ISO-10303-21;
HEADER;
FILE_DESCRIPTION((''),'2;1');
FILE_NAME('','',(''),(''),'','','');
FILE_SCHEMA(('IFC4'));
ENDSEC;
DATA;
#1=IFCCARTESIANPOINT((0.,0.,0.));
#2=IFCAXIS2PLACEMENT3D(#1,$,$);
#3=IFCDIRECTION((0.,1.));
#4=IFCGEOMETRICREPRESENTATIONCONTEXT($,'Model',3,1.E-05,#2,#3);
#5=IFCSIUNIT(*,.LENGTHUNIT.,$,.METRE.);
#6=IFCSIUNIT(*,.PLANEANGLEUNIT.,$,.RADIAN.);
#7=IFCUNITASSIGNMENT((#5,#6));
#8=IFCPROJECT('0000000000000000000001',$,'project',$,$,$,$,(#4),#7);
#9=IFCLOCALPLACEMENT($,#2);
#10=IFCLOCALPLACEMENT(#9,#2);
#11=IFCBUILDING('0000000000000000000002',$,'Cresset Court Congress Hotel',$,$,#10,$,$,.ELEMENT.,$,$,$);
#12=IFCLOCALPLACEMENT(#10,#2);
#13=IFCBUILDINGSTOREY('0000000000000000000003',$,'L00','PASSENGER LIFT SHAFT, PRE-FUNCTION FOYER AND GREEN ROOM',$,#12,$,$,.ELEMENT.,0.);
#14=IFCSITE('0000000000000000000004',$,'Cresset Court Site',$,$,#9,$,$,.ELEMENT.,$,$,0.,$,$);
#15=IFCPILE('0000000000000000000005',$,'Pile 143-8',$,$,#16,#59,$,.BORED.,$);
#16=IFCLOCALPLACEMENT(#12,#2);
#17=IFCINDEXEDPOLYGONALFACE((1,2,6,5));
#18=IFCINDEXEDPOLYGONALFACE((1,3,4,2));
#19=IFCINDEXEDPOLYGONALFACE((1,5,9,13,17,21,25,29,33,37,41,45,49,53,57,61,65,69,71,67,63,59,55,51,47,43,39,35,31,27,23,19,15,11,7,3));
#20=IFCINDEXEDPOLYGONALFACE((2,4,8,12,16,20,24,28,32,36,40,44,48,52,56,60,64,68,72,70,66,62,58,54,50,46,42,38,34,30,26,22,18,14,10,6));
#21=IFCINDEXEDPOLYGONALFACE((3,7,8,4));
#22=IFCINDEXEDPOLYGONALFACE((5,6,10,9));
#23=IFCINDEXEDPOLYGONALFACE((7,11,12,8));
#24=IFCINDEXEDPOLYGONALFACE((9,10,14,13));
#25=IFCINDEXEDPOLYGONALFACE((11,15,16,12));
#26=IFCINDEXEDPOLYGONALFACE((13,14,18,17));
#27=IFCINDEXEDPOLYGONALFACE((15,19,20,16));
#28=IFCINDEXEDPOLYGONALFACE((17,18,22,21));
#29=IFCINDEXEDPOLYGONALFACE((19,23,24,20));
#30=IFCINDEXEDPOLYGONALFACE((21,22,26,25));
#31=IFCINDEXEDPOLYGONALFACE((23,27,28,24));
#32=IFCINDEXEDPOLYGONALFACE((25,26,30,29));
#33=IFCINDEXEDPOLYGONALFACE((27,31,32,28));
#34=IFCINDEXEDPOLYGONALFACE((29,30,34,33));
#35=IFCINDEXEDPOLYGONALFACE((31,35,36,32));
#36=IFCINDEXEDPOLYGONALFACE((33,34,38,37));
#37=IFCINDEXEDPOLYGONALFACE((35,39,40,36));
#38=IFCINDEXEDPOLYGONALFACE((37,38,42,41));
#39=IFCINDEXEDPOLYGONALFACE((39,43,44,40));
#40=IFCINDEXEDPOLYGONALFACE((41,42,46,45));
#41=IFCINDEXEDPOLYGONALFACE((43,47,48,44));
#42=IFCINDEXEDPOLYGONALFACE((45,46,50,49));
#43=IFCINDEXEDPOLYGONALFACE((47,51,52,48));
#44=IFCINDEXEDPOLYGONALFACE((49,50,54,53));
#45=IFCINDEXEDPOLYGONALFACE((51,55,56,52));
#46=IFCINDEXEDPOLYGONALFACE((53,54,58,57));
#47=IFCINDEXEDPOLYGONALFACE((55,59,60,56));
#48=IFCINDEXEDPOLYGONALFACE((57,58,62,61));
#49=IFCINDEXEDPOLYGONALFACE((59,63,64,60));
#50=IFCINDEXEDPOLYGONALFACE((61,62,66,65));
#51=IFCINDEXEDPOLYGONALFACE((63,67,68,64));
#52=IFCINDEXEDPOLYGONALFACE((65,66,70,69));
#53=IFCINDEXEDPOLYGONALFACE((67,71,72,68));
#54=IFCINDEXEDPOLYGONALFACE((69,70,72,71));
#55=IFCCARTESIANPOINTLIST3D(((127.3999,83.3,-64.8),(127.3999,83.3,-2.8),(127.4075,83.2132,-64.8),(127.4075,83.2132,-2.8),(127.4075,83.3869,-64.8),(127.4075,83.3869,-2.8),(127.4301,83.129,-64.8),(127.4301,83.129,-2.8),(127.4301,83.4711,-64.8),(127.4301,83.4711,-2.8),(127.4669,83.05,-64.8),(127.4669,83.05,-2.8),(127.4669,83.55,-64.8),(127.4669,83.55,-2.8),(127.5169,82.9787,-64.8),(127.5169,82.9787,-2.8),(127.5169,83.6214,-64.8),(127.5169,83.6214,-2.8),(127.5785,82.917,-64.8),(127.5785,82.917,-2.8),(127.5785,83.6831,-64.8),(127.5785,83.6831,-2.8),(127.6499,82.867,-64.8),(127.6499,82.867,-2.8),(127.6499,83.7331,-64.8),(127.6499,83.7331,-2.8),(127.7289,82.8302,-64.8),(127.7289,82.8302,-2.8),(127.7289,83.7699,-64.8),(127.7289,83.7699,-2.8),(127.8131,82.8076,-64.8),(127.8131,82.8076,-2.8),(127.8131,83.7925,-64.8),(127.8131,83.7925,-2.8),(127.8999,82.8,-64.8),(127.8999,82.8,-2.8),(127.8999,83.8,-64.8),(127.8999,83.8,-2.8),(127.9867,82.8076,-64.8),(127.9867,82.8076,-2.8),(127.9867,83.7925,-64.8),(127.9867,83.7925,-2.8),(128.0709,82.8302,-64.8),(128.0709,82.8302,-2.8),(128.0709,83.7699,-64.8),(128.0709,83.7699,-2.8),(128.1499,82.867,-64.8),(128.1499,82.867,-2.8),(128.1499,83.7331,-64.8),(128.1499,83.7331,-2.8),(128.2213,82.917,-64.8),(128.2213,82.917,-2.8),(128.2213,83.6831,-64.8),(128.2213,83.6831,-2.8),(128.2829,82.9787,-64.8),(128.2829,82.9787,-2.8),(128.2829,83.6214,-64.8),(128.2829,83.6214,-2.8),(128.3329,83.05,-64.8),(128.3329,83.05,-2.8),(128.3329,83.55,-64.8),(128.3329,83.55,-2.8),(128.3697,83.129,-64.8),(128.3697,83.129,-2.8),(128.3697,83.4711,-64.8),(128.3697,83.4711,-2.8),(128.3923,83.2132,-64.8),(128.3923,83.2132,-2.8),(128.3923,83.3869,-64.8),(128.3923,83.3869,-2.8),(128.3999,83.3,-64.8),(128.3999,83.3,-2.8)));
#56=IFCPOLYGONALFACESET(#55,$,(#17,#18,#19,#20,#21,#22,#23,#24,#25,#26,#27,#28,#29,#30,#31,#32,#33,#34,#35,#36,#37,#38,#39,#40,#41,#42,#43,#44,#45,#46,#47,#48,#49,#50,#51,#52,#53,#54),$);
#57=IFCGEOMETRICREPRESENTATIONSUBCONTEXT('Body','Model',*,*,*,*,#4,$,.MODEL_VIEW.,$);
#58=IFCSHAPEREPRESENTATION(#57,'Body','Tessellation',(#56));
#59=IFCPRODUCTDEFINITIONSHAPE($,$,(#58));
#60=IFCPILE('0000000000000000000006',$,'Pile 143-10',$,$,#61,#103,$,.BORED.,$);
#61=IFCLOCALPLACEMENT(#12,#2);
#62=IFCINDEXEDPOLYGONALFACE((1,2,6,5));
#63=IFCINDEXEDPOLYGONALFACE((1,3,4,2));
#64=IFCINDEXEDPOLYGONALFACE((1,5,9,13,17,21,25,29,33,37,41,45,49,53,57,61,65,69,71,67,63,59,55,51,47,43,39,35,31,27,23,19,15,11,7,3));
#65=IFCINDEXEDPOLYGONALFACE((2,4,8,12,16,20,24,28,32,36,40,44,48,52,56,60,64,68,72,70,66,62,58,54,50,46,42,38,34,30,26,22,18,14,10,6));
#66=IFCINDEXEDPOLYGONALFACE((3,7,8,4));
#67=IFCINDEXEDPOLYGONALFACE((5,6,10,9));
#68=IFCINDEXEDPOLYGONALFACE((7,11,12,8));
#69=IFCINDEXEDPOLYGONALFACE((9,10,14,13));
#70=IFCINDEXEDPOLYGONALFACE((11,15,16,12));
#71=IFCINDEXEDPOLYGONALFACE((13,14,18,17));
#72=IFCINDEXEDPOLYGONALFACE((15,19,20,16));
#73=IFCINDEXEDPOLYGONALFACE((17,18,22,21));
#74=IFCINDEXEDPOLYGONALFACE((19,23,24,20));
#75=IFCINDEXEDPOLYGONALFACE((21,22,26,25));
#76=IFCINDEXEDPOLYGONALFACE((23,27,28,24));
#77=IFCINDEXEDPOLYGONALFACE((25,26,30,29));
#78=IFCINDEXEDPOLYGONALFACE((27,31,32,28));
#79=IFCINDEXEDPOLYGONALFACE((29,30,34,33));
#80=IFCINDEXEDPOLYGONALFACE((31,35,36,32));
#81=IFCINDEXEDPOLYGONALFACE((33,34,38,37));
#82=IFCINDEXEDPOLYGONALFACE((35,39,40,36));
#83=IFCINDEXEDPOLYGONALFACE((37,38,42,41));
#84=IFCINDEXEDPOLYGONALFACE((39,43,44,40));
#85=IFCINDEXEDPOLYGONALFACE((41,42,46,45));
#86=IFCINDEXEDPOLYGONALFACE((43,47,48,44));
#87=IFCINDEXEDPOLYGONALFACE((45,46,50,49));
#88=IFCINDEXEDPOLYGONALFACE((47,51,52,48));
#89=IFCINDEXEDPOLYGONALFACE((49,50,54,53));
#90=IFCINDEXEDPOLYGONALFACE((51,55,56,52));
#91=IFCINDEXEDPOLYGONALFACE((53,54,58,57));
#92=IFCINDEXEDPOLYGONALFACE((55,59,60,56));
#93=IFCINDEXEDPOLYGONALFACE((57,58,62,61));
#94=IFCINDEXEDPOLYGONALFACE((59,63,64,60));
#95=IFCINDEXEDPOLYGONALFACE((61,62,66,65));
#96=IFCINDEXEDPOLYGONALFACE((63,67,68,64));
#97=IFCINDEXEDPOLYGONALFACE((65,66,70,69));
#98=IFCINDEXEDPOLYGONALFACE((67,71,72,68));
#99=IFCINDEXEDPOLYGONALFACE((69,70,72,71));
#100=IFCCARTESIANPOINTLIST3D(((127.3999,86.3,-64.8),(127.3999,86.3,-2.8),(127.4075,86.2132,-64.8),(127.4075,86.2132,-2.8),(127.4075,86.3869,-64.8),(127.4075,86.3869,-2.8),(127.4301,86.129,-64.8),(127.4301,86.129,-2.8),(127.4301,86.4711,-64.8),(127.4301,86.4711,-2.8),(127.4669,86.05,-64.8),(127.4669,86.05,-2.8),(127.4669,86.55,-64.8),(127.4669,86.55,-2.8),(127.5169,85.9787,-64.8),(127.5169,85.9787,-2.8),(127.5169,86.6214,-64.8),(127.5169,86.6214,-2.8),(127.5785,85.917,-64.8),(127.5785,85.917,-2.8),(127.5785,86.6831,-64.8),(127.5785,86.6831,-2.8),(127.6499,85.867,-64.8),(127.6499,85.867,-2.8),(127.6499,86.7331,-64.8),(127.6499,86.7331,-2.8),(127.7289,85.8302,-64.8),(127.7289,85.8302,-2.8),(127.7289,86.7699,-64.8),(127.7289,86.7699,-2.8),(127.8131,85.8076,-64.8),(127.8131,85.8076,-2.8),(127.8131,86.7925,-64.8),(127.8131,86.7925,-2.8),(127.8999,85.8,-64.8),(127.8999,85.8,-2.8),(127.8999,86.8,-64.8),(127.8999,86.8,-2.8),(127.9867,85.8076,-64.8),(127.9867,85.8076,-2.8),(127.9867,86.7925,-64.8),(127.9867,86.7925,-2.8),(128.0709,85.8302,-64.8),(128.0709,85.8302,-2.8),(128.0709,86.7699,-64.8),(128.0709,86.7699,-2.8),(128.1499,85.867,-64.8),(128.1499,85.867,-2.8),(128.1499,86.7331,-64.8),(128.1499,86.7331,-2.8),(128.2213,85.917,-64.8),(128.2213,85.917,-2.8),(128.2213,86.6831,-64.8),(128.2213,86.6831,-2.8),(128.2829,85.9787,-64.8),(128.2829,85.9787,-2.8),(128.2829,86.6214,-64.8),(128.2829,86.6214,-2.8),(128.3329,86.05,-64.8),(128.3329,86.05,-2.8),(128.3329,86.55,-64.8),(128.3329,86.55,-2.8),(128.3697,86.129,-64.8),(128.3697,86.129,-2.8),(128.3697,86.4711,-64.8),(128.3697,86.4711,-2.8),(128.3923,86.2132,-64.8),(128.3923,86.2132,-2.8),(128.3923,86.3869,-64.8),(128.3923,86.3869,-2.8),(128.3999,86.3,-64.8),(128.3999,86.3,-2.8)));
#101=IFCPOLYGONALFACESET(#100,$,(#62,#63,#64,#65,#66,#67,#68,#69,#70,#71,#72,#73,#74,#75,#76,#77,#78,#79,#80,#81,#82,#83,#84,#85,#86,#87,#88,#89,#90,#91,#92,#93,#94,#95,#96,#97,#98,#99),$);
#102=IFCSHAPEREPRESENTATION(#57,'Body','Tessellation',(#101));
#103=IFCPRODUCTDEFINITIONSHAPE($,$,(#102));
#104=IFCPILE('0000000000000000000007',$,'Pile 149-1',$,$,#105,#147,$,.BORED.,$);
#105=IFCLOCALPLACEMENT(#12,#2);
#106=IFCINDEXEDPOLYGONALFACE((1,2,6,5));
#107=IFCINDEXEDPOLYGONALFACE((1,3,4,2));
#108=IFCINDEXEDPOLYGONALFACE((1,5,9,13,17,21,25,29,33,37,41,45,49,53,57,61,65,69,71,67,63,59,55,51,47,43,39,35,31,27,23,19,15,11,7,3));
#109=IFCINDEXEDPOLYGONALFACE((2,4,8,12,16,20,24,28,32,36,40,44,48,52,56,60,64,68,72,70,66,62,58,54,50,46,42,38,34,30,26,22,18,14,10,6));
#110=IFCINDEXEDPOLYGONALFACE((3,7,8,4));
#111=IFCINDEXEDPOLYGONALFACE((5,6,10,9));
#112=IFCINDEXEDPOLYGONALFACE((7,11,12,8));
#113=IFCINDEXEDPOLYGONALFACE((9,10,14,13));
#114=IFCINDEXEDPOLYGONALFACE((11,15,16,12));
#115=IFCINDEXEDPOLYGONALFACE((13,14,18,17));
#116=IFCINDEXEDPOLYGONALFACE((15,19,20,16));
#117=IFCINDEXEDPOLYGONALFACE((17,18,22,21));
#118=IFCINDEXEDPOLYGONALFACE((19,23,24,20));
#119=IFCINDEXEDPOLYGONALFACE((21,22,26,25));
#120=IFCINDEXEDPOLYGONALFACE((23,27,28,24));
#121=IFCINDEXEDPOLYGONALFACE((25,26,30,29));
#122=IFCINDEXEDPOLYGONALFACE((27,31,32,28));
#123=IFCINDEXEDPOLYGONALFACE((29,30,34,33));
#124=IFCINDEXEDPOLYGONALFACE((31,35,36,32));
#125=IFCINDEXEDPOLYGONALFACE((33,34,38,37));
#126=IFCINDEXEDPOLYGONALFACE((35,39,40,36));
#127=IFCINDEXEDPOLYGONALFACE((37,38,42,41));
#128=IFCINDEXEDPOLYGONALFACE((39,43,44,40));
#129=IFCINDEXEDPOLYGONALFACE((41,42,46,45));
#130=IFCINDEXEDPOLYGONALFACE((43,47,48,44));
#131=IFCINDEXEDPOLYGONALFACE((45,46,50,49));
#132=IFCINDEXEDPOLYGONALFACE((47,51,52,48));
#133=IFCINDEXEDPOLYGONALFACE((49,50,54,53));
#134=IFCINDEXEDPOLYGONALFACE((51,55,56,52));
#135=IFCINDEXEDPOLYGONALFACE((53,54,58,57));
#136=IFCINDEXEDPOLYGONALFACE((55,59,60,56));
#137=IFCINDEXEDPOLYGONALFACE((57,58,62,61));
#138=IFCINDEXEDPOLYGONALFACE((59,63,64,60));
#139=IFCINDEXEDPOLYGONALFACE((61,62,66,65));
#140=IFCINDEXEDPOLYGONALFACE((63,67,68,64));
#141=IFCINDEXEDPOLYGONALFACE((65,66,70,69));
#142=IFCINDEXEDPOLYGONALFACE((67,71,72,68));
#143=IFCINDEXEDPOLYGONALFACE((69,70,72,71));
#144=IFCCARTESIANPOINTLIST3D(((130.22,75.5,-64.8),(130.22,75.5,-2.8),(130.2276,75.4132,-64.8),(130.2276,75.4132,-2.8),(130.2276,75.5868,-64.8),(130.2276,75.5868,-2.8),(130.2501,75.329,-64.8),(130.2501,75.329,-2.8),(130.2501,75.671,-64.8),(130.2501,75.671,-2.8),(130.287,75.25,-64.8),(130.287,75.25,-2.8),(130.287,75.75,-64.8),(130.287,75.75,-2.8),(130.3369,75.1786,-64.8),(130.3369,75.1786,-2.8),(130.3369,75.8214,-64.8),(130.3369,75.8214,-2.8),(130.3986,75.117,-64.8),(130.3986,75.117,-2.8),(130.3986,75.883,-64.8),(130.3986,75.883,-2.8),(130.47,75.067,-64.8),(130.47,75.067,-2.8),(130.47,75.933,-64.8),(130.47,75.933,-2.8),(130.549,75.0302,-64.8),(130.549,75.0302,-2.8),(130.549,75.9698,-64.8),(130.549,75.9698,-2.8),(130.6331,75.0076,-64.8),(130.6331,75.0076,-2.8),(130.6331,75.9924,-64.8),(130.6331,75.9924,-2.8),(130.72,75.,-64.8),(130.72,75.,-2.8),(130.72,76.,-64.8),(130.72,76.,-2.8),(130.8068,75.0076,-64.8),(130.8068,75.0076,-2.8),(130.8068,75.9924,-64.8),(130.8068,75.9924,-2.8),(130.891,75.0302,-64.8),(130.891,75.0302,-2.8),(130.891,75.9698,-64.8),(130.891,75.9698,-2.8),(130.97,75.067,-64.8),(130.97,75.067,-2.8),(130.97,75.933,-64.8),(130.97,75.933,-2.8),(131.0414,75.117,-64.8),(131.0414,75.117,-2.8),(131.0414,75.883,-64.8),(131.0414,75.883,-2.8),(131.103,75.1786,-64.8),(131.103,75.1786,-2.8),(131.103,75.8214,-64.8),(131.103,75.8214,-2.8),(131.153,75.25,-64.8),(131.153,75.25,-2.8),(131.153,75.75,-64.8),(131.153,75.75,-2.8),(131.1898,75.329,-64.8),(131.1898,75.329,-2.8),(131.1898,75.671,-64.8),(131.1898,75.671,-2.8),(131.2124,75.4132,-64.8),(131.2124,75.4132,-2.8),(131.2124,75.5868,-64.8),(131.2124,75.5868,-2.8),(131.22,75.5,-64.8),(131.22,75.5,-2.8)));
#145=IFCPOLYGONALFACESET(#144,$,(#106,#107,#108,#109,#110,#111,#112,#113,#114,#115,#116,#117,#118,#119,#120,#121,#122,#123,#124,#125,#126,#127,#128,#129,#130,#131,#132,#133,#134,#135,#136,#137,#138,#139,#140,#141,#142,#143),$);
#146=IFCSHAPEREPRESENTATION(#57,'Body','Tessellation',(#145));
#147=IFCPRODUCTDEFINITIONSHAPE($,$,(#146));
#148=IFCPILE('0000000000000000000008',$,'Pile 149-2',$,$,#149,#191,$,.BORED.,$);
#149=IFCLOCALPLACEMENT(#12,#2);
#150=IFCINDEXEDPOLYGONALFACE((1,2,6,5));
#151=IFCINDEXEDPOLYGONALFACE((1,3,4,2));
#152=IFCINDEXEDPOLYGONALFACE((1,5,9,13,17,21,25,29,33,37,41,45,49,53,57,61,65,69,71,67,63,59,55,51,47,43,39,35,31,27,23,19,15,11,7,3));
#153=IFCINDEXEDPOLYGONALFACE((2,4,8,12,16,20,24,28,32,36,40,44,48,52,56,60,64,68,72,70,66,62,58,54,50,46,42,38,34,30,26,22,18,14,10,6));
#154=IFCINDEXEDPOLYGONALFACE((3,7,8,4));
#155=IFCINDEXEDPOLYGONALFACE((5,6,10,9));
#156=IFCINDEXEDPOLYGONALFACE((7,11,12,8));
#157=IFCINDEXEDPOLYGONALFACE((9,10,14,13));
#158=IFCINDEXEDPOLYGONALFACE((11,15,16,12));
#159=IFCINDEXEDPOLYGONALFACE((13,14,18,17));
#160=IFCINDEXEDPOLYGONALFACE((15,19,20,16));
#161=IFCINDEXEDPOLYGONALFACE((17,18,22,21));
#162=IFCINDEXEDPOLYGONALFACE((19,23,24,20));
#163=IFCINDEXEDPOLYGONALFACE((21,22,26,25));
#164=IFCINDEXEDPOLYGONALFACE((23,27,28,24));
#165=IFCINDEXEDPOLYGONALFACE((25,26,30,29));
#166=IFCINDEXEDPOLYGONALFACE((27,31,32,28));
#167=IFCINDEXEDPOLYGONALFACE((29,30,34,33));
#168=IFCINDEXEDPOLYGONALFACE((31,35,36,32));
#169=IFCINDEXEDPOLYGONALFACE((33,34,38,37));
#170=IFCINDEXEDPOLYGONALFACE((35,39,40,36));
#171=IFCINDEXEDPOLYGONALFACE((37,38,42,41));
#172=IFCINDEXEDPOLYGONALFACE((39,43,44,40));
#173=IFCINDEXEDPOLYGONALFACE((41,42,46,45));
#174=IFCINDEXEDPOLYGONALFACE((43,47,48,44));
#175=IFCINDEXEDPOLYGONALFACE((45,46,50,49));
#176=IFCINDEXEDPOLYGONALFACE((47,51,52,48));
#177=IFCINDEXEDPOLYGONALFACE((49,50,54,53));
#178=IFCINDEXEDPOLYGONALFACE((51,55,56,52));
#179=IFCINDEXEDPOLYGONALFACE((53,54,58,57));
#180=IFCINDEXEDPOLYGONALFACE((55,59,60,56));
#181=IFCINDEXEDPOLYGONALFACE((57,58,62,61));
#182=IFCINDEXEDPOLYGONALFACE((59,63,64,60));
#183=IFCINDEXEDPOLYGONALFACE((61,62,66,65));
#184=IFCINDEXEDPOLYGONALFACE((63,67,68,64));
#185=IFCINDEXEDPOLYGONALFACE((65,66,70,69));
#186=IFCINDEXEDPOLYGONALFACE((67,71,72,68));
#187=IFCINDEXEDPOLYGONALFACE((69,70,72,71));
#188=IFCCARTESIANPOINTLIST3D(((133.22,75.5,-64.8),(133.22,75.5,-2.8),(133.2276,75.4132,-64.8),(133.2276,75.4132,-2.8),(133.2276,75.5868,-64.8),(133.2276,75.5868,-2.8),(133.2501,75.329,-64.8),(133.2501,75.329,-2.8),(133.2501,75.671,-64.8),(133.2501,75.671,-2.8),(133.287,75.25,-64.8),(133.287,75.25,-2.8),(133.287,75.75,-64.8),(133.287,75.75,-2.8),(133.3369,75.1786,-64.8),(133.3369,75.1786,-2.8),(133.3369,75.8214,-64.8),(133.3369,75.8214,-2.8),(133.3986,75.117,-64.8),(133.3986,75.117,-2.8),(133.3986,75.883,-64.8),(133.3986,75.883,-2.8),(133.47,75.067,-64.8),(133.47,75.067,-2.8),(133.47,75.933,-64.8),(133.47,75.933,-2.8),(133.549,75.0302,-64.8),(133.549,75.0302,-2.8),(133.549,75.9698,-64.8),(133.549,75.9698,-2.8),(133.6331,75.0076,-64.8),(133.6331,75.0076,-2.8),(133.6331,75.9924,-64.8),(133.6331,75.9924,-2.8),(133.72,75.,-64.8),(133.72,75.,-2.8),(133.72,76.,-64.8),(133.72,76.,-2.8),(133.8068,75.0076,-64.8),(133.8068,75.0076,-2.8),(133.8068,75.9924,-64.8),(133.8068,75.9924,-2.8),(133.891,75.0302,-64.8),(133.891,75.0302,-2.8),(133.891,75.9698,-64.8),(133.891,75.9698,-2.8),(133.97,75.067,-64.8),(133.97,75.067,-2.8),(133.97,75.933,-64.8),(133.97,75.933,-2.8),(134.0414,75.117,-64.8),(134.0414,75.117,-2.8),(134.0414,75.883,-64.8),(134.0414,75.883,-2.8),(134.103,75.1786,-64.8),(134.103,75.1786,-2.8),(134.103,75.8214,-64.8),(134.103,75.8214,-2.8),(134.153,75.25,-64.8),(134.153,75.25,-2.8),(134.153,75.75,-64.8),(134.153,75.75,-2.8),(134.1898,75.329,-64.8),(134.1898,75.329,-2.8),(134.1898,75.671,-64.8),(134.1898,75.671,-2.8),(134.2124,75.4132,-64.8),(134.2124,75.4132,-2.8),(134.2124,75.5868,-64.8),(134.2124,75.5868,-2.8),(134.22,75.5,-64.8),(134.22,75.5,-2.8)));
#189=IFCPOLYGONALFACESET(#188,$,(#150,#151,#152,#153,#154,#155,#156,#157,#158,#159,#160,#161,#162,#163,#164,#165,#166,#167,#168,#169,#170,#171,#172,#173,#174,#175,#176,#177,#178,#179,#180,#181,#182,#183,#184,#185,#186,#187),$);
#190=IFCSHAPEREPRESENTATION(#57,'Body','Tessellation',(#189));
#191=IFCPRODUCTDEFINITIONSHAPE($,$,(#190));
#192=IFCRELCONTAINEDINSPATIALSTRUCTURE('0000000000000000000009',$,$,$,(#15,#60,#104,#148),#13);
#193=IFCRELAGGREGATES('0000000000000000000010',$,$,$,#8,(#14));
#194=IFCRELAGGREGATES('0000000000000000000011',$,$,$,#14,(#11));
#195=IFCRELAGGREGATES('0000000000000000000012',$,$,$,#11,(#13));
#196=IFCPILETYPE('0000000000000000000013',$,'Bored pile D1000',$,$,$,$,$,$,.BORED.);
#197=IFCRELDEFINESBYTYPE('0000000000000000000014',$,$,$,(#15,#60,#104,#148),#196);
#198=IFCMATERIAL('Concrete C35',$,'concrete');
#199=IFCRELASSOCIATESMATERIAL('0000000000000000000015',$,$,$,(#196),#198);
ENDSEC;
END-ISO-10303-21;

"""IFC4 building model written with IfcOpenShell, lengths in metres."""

from ifc_helpers import new_model, si_unit, direction, frame, origin, origin_2d, place, context, subcontext, project, spatial, circle, extrude, material, type_object, element, save


model = new_model("IFC4")

# Units and contexts
model_context = context("Model", 3, precision=1e-05, world=origin(), true_north=direction((0.0, 1.0)))
body_context = subcontext(model_context, "Body", "Model", "MODEL_VIEW")
ifc_project = project(units=[si_unit("LENGTHUNIT", "METRE"), si_unit("PLANEANGLEUNIT", "RADIAN")], contexts=[model_context])

# Site, building, storey
site_placement = place(None, origin())
site = spatial("IfcSite", under=ifc_project, at=site_placement, Name="Cresset Court Site", CompositionType="ELEMENT", RefElevation=0.0)
building_placement = place(site_placement, origin())
building = spatial("IfcBuilding", under=site, at=building_placement, Name="Cresset Court Congress Hotel", CompositionType="ELEMENT")
storey_placement = place(building_placement, origin())
storey = spatial("IfcBuildingStorey", under=building, at=storey_placement, Name="L00", Description="PASSENGER LIFT SHAFT, PRE-FUNCTION FOYER AND GREEN ROOM", CompositionType="ELEMENT", Elevation=0.0)

# Piles
ifc_material_1 = material(Name="Concrete C35", Category="concrete")
pile_type = type_object("IfcPileType", Name="Bored pile D1000", PredefinedType="BORED", material=ifc_material_1)
for number, where, z_axis, x_axis, name in (
    (1, (127.8999, 83.3, -2.8), (0.0, 0.0, -1.0), (1.0, 0.0, 0.0), "Pile 143-8"),
    (2, (127.8999, 86.3, -2.8), (0.0, 0.0, -1.0), (1.0, 0.0, 0.0), "Pile 143-10"),
    (3, (130.72, 75.5, -2.8), (0.0, 0.0, -1.0), (1.0, 0.0, 0.0), "Pile 149-1"),
    (4, (133.72, 75.5, -2.8), (0.0, 0.0, -1.0), (1.0, 0.0, 0.0), "Pile 149-2"),
):
    element("IfcPile", number, at=place(storey_placement, frame(where, z_axis=z_axis, x_axis=x_axis)), inside=storey, type_object=pile_type, Name=name, PredefinedType="BORED", context=body_context, shape_type="SweptSolid", body=[
        extrude(circle(Radius=0.5, at=origin_2d()), origin(), (0.0, 0.0, 1.0), 62.0),
    ])

save(model, "model.ifc")
